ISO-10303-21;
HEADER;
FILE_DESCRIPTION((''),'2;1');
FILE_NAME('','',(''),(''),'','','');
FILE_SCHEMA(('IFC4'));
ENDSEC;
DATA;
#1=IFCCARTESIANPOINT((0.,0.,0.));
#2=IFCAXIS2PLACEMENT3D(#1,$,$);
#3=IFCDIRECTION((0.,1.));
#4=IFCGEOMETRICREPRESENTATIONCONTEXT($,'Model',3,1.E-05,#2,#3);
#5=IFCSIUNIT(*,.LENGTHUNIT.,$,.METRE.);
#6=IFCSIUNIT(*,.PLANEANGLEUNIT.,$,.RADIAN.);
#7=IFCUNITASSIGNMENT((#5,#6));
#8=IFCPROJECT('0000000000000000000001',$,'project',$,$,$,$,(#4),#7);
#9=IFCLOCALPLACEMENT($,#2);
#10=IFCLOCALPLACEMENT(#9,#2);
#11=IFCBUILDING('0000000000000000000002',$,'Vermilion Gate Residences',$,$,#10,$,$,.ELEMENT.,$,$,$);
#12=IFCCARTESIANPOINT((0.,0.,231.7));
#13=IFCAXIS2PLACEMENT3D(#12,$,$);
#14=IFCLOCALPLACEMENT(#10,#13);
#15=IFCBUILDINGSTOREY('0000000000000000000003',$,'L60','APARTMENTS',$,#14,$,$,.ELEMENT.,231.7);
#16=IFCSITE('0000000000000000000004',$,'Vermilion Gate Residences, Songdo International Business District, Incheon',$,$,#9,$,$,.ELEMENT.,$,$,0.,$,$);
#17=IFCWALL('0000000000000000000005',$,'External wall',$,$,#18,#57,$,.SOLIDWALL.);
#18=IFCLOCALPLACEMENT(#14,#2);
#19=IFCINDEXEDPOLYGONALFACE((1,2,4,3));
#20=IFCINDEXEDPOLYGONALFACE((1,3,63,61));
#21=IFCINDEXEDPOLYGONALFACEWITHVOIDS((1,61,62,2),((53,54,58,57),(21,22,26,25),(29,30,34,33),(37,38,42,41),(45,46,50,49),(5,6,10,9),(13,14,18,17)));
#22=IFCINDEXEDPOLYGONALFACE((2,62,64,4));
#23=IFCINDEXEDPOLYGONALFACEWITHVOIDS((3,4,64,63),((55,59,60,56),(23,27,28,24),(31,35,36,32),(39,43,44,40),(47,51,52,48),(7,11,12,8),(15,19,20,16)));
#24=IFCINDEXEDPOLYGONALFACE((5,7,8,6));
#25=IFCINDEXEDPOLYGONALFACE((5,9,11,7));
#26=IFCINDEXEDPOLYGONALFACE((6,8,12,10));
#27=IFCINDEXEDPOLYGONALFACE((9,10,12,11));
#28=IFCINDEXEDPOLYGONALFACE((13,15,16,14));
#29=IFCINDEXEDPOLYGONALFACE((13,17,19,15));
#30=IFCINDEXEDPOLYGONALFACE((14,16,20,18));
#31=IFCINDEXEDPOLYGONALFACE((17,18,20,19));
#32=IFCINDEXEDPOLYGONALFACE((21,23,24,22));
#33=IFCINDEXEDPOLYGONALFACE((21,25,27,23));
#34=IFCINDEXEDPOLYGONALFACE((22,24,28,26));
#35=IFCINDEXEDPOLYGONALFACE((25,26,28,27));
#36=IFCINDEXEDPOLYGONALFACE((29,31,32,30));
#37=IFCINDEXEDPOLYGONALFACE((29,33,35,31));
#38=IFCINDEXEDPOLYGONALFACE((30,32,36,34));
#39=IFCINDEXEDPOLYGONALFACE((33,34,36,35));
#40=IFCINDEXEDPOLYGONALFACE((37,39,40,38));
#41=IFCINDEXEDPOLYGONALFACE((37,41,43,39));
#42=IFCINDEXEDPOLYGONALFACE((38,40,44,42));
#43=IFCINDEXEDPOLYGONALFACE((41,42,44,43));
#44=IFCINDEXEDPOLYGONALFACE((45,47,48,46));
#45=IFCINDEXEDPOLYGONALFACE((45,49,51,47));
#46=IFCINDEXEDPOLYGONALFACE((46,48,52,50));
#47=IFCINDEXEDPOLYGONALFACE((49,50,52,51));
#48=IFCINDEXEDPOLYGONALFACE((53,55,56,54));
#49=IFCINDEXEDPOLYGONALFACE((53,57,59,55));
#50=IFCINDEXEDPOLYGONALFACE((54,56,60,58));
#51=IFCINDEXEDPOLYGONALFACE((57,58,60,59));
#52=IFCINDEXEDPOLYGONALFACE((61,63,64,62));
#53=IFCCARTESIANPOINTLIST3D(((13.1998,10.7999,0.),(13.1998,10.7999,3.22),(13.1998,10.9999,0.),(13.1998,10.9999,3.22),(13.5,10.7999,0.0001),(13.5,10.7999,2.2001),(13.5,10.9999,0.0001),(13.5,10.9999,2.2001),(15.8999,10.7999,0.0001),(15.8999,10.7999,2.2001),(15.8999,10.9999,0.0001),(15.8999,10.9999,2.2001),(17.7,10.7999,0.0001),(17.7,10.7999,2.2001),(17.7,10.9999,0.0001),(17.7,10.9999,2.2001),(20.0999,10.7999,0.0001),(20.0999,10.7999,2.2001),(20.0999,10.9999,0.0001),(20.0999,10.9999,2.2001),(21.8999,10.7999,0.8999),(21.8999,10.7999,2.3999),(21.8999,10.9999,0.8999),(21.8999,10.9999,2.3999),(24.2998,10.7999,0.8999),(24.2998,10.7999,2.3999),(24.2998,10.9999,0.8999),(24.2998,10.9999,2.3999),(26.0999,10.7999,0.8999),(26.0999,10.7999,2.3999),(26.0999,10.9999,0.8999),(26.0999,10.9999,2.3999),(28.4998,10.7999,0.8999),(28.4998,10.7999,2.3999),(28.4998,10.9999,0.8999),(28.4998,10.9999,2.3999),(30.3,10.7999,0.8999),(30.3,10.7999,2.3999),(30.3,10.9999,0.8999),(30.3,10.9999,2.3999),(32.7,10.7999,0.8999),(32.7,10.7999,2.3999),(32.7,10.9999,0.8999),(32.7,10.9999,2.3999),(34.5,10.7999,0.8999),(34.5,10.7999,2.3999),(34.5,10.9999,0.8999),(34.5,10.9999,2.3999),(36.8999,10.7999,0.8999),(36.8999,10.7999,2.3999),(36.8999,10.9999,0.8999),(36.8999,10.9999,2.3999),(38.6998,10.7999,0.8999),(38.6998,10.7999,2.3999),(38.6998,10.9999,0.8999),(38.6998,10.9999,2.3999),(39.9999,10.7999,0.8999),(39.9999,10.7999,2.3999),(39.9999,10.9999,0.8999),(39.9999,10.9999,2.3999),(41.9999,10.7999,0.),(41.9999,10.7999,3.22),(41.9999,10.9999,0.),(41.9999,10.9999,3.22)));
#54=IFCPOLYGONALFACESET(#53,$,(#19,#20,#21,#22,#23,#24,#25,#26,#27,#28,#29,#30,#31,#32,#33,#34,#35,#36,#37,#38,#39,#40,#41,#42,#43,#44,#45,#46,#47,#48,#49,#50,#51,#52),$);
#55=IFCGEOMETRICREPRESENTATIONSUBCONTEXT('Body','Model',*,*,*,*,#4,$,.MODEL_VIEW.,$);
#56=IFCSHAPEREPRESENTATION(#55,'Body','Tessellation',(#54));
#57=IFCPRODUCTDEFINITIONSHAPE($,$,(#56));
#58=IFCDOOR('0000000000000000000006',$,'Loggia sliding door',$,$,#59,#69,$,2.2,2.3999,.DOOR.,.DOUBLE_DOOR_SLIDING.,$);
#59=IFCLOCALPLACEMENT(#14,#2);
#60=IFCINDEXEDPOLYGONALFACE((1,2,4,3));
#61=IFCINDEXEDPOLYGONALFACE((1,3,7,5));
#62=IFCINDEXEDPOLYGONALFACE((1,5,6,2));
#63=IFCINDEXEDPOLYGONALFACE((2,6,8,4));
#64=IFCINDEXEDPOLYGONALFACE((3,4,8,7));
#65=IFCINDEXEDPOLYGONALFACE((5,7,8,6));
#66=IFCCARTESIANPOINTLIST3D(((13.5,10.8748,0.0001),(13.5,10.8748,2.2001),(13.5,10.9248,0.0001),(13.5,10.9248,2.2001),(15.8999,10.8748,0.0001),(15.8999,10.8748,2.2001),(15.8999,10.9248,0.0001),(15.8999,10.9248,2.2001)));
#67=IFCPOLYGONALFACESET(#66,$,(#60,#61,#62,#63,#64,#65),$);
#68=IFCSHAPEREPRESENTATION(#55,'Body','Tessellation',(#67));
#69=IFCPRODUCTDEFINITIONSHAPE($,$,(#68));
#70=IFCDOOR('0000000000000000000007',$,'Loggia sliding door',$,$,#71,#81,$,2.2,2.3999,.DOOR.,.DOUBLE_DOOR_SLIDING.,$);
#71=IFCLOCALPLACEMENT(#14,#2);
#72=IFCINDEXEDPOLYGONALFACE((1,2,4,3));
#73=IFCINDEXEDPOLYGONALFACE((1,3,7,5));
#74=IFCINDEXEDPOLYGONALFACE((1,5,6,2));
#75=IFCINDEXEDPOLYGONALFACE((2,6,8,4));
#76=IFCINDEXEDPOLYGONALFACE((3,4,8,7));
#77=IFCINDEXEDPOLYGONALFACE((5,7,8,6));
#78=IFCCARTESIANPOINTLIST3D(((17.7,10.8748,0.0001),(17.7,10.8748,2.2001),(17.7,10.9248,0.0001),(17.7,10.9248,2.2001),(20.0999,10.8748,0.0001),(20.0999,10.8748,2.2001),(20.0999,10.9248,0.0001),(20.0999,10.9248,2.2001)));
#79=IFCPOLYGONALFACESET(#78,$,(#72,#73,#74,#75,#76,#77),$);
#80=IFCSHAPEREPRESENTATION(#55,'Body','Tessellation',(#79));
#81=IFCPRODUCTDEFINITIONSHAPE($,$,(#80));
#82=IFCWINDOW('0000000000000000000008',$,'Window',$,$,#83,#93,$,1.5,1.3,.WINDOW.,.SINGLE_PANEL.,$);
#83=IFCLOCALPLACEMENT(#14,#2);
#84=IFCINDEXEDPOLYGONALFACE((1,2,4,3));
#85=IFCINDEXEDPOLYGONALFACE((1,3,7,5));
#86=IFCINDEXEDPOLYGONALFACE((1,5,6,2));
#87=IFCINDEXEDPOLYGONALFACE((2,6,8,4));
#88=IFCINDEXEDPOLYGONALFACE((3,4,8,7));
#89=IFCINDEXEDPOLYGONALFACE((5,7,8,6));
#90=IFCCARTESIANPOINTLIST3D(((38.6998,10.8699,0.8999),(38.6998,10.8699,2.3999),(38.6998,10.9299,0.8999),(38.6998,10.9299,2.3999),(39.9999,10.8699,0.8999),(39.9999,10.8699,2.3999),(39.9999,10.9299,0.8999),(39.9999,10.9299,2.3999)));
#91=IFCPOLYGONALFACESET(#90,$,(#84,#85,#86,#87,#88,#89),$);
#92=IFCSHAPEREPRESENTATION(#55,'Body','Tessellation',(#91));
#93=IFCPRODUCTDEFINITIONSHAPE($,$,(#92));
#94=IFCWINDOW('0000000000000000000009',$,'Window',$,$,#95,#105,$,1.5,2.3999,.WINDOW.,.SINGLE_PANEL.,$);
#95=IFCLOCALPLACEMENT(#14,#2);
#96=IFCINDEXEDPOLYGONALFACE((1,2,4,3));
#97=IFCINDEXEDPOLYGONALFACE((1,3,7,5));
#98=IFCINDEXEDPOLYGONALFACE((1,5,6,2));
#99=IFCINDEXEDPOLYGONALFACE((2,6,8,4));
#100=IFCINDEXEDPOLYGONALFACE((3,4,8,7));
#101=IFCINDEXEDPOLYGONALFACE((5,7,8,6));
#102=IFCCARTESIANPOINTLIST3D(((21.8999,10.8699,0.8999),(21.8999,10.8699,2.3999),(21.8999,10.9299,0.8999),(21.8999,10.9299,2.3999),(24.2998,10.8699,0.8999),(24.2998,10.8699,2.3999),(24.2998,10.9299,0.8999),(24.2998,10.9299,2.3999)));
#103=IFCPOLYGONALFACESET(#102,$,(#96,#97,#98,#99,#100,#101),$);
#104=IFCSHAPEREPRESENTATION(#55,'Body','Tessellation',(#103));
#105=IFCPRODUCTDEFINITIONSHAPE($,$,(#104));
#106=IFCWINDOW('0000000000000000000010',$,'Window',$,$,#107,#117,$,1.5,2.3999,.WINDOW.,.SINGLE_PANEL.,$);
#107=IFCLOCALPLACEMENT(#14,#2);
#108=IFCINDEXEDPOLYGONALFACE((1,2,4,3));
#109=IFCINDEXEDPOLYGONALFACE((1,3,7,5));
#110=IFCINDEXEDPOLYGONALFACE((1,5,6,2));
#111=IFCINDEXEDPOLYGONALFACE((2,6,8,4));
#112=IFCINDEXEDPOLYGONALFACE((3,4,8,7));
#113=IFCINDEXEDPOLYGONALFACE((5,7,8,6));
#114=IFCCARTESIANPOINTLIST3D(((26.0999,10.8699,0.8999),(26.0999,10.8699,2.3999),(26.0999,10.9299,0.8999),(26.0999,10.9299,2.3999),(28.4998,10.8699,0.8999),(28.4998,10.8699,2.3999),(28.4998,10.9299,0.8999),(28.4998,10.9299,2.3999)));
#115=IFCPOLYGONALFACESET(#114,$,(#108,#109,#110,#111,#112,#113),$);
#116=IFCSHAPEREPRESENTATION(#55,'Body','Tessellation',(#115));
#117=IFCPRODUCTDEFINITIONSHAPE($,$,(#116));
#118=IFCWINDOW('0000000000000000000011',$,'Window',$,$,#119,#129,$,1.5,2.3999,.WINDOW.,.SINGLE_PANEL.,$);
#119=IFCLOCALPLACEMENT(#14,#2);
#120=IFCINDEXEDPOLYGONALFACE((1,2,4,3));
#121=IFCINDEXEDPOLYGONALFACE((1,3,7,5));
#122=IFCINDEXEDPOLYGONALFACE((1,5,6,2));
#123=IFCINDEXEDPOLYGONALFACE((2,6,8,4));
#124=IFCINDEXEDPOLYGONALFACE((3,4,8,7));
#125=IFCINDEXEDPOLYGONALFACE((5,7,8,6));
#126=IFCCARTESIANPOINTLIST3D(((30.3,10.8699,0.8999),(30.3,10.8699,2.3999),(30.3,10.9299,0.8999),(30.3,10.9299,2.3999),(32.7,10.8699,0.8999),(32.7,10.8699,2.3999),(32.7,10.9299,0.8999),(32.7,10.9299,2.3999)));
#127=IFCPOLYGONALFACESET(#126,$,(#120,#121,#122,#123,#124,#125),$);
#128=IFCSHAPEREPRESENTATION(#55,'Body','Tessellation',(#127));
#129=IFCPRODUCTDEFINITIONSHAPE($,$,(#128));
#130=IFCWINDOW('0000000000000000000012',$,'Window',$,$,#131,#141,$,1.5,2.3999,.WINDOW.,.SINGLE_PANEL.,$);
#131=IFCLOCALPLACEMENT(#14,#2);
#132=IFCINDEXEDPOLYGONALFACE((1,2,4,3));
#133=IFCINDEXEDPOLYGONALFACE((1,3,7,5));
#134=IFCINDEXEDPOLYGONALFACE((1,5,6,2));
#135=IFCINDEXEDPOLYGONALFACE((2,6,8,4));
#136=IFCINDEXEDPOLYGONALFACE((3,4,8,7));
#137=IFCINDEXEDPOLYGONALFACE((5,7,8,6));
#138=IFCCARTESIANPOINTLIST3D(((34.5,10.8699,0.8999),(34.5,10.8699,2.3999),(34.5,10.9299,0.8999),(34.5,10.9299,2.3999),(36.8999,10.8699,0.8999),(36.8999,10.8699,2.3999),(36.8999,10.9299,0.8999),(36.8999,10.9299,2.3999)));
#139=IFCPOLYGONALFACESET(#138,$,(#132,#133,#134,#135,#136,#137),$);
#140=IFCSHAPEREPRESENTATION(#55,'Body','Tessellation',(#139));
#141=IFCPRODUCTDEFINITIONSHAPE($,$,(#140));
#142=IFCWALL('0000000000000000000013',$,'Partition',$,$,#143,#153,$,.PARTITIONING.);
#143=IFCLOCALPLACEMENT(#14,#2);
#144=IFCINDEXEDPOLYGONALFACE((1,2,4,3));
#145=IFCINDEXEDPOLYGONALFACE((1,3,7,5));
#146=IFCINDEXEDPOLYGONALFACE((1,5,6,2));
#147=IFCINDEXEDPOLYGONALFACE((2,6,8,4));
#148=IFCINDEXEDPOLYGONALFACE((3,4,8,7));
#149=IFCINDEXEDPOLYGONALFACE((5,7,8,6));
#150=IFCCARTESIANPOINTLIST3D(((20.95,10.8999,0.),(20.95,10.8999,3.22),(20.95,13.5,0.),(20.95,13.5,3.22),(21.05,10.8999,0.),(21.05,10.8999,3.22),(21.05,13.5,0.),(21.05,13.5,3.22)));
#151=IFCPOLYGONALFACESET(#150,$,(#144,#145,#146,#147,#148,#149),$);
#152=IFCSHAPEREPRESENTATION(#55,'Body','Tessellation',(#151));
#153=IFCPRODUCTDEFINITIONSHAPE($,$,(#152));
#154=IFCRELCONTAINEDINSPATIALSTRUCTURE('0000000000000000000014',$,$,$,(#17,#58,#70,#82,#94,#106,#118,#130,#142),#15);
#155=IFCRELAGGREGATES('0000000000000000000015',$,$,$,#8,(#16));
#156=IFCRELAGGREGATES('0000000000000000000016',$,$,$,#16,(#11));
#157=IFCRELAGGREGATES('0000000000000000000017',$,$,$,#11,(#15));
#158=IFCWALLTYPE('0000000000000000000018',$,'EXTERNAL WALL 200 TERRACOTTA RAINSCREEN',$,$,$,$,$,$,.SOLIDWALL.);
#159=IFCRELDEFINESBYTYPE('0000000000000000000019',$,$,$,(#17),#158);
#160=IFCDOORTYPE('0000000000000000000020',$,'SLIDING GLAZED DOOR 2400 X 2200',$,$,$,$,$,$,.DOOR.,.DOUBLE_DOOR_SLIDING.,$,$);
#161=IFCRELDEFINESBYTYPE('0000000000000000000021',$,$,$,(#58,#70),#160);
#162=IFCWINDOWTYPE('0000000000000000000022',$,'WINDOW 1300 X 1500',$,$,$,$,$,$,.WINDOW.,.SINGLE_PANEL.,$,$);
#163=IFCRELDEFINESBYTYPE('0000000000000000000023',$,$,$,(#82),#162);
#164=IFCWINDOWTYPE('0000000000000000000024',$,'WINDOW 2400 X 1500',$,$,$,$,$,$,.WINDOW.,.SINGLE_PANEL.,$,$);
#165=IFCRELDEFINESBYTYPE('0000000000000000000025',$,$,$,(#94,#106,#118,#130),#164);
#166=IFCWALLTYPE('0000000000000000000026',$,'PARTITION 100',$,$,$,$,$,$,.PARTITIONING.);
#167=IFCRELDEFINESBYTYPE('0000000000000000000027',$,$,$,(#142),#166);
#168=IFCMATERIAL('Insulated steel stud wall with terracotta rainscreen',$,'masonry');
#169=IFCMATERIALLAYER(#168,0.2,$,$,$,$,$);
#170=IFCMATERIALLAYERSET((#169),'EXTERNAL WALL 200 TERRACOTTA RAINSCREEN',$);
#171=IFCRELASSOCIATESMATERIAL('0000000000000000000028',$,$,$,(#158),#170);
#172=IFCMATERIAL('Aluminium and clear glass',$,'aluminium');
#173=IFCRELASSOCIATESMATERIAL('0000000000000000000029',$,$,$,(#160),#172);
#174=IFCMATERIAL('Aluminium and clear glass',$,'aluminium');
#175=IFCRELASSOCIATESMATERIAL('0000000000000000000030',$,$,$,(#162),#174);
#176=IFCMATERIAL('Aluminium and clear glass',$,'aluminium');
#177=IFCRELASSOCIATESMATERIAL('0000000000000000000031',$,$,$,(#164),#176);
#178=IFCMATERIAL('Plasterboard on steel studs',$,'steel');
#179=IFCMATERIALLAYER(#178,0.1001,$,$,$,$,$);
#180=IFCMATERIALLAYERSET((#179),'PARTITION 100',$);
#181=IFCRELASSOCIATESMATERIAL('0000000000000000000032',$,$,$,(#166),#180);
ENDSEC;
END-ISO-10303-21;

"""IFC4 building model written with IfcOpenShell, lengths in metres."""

from ifc_helpers import new_model, si_unit, direction, frame, frame_2d, origin, place, context, subcontext, project, spatial, rectangle, extrude, material, layer, layer_set, type_object, element, fill, save


model = new_model("IFC4")

# Units and contexts
model_context = context("Model", 3, precision=1e-05, world=origin(), true_north=direction((0.0, 1.0)))
body_context = subcontext(model_context, "Body", "Model", "MODEL_VIEW")
ifc_project = project(units=[si_unit("LENGTHUNIT", "METRE"), si_unit("PLANEANGLEUNIT", "RADIAN")], contexts=[model_context])

# Site, building, storey
site_placement = place(None, origin())
site = spatial("IfcSite", under=ifc_project, at=site_placement, Name="Vermilion Gate Residences, Songdo International Business District, Incheon", CompositionType="ELEMENT", RefElevation=0.0)
building_placement = place(site_placement, origin())
building = spatial("IfcBuilding", under=site, at=building_placement, Name="Vermilion Gate Residences", CompositionType="ELEMENT")
storey_placement = place(building_placement, frame((0.0, 0.0, 231.7)))
storey = spatial("IfcBuildingStorey", under=building, at=storey_placement, Name="L60", Description="APARTMENTS", CompositionType="ELEMENT", Elevation=231.7)

# Shared definitions
ifc_material_1 = material(Name="Insulated steel stud wall with terracotta rainscreen", Category="masonry")
ifc_layer_1 = layer(ifc_material_1, 0.2)
ifc_layer_set_1 = layer_set([ifc_layer_1], Name="EXTERNAL WALL 200 TERRACOTTA RAINSCREEN")
wall_type_1 = type_object("IfcWallType", Name="EXTERNAL WALL 200 TERRACOTTA RAINSCREEN", PredefinedType="SOLIDWALL", material=ifc_layer_set_1)

# Wall, openings, doors, windows
wall_1_placement = place(storey_placement, frame((13.2, 10.8999, 0.0), z_axis=(0.0, 0.0, 1.0), x_axis=(1.0, 0.0, 0.0)))
wall_1 = element("IfcWall", 1, at=wall_1_placement, inside=storey, type_object=wall_type_1, Name="External wall", PredefinedType="SOLIDWALL", context=body_context, shape_type="SweptSolid", body=[
    extrude(rectangle(XDim=28.8, YDim=0.2, at=frame_2d((14.3999, 0.0))), origin(), (0.0, 0.0, 1.0), 3.22),
])
opening_1_placement = place(wall_1_placement, frame((0.3, 0.0, 0.0)))
opening_1 = element("IfcOpeningElement", 2, at=opening_1_placement, cuts=wall_1, PredefinedType="OPENING", context=body_context, shape_type="SweptSolid", body=[
    extrude(rectangle(XDim=2.3999, YDim=2.2, at=frame_2d((1.2, 1.1001))), frame((0.0, 0.1099, 0.0), z_axis=(0.0, -1.0, 0.0), x_axis=(1.0, 0.0, 0.0)), (0.0, 0.0, 1.0), 0.22),
])
opening_2_placement = place(wall_1_placement, frame((4.5, 0.0, 0.0)))
opening_2 = element("IfcOpeningElement", 3, at=opening_2_placement, cuts=wall_1, PredefinedType="OPENING", context=body_context, shape_type="SweptSolid", body=[
    extrude(rectangle(XDim=2.3999, YDim=2.2, at=frame_2d((1.2, 1.1001))), frame((0.0, 0.1099, 0.0), z_axis=(0.0, -1.0, 0.0), x_axis=(1.0, 0.0, 0.0)), (0.0, 0.0, 1.0), 0.22),
])
opening_3_placement = place(wall_1_placement, frame((8.7, 0.0, 0.8999)))
opening_3 = element("IfcOpeningElement", 4, at=opening_3_placement, cuts=wall_1, PredefinedType="OPENING", context=body_context, shape_type="SweptSolid", body=[
    extrude(rectangle(XDim=2.3999, YDim=1.5, at=frame_2d((1.2, 0.75))), frame((0.0, 0.1099, 0.0), z_axis=(0.0, -1.0, 0.0), x_axis=(1.0, 0.0, 0.0)), (0.0, 0.0, 1.0), 0.22),
])
opening_4_placement = place(wall_1_placement, frame((12.8999, 0.0, 0.8999)))
opening_4 = element("IfcOpeningElement", 5, at=opening_4_placement, cuts=wall_1, PredefinedType="OPENING", context=body_context, shape_type="SweptSolid", body=[
    extrude(rectangle(XDim=2.3999, YDim=1.5, at=frame_2d((1.2, 0.75))), frame((0.0, 0.1099, 0.0), z_axis=(0.0, -1.0, 0.0), x_axis=(1.0, 0.0, 0.0)), (0.0, 0.0, 1.0), 0.22),
])
opening_5_placement = place(wall_1_placement, frame((17.1001, 0.0, 0.8999)))
opening_5 = element("IfcOpeningElement", 6, at=opening_5_placement, cuts=wall_1, PredefinedType="OPENING", context=body_context, shape_type="SweptSolid", body=[
    extrude(rectangle(XDim=2.3999, YDim=1.5, at=frame_2d((1.2, 0.75))), frame((0.0, 0.1099, 0.0), z_axis=(0.0, -1.0, 0.0), x_axis=(1.0, 0.0, 0.0)), (0.0, 0.0, 1.0), 0.22),
])
opening_6_placement = place(wall_1_placement, frame((21.3, 0.0, 0.8999)))
opening_6 = element("IfcOpeningElement", 7, at=opening_6_placement, cuts=wall_1, PredefinedType="OPENING", context=body_context, shape_type="SweptSolid", body=[
    extrude(rectangle(XDim=2.3999, YDim=1.5, at=frame_2d((1.2, 0.75))), frame((0.0, 0.1099, 0.0), z_axis=(0.0, -1.0, 0.0), x_axis=(1.0, 0.0, 0.0)), (0.0, 0.0, 1.0), 0.22),
])
opening_7_placement = place(wall_1_placement, frame((25.5, 0.0, 0.8999)))
opening_7 = element("IfcOpeningElement", 8, at=opening_7_placement, cuts=wall_1, PredefinedType="OPENING", context=body_context, shape_type="SweptSolid", body=[
    extrude(rectangle(XDim=1.3, YDim=1.5, at=frame_2d((0.6499, 0.75))), frame((0.0, 0.1099, 0.0), z_axis=(0.0, -1.0, 0.0), x_axis=(1.0, 0.0, 0.0)), (0.0, 0.0, 1.0), 0.22),
])
ifc_material_2 = material(Name="Aluminium and clear glass", Category="aluminium")
door_type_1 = type_object("IfcDoorType", Name="SLIDING GLAZED DOOR 2400 X 2200", OperationType="DOUBLE_DOOR_SLIDING", PredefinedType="DOOR", material=ifc_material_2)
door_1_placement = place(opening_1_placement, origin())
door_1 = element("IfcDoor", 9, at=door_1_placement, inside=storey, type_object=door_type_1, Name="Loggia sliding door", OperationType="DOUBLE_DOOR_SLIDING", OverallHeight=2.2, OverallWidth=2.3999, PredefinedType="DOOR", context=body_context, shape_type="SweptSolid", body=[
    extrude(rectangle(XDim=2.3999, YDim=2.2, at=frame_2d((1.2, 1.1001))), frame((0.0, 0.0249, 0.0), z_axis=(0.0, -1.0, 0.0), x_axis=(1.0, 0.0, 0.0)), (0.0, 0.0, 1.0), 0.05),
])
fill(opening_1, door_1)
door_2_placement = place(opening_2_placement, origin())
door_2 = element("IfcDoor", 10, at=door_2_placement, inside=storey, type_object=door_type_1, Name="Loggia sliding door", OperationType="DOUBLE_DOOR_SLIDING", OverallHeight=2.2, OverallWidth=2.3999, PredefinedType="DOOR", context=body_context, shape_type="SweptSolid", body=[
    extrude(rectangle(XDim=2.3999, YDim=2.2, at=frame_2d((1.2, 1.1001))), frame((0.0, 0.0249, 0.0), z_axis=(0.0, -1.0, 0.0), x_axis=(1.0, 0.0, 0.0)), (0.0, 0.0, 1.0), 0.05),
])
fill(opening_2, door_2)
ifc_material_3 = material(Name="Aluminium and clear glass", Category="aluminium")
window_type_1 = type_object("IfcWindowType", Name="WINDOW 1300 X 1500", PartitioningType="SINGLE_PANEL", PredefinedType="WINDOW", material=ifc_material_3)
window_1_placement = place(opening_7_placement, origin())
window_1 = element("IfcWindow", 11, at=window_1_placement, inside=storey, type_object=window_type_1, Name="Window", OverallHeight=1.5, OverallWidth=1.3, PartitioningType="SINGLE_PANEL", PredefinedType="WINDOW", context=body_context, shape_type="SweptSolid", body=[
    extrude(rectangle(XDim=1.3, YDim=1.5, at=frame_2d((0.6499, 0.75))), frame((0.0, 0.03, 0.0), z_axis=(0.0, -1.0, 0.0), x_axis=(1.0, 0.0, 0.0)), (0.0, 0.0, 1.0), 0.0601),
])
fill(opening_7, window_1)
ifc_material_4 = material(Name="Aluminium and clear glass", Category="aluminium")
window_type_2 = type_object("IfcWindowType", Name="WINDOW 2400 X 1500", PartitioningType="SINGLE_PANEL", PredefinedType="WINDOW", material=ifc_material_4)
window_2_placement = place(opening_3_placement, origin())
window_2 = element("IfcWindow", 12, at=window_2_placement, inside=storey, type_object=window_type_2, Name="Window", OverallHeight=1.5, OverallWidth=2.3999, PartitioningType="SINGLE_PANEL", PredefinedType="WINDOW", context=body_context, shape_type="SweptSolid", body=[
    extrude(rectangle(XDim=2.3999, YDim=1.5, at=frame_2d((1.2, 0.75))), frame((0.0, 0.03, 0.0), z_axis=(0.0, -1.0, 0.0), x_axis=(1.0, 0.0, 0.0)), (0.0, 0.0, 1.0), 0.0601),
])
fill(opening_3, window_2)
window_3_placement = place(opening_4_placement, origin())
window_3 = element("IfcWindow", 13, at=window_3_placement, inside=storey, type_object=window_type_2, Name="Window", OverallHeight=1.5, OverallWidth=2.3999, PartitioningType="SINGLE_PANEL", PredefinedType="WINDOW", context=body_context, shape_type="SweptSolid", body=[
    extrude(rectangle(XDim=2.3999, YDim=1.5, at=frame_2d((1.2, 0.75))), frame((0.0, 0.03, 0.0), z_axis=(0.0, -1.0, 0.0), x_axis=(1.0, 0.0, 0.0)), (0.0, 0.0, 1.0), 0.0601),
])
fill(opening_4, window_3)
window_4_placement = place(opening_5_placement, origin())
window_4 = element("IfcWindow", 14, at=window_4_placement, inside=storey, type_object=window_type_2, Name="Window", OverallHeight=1.5, OverallWidth=2.3999, PartitioningType="SINGLE_PANEL", PredefinedType="WINDOW", context=body_context, shape_type="SweptSolid", body=[
    extrude(rectangle(XDim=2.3999, YDim=1.5, at=frame_2d((1.2, 0.75))), frame((0.0, 0.03, 0.0), z_axis=(0.0, -1.0, 0.0), x_axis=(1.0, 0.0, 0.0)), (0.0, 0.0, 1.0), 0.0601),
])
fill(opening_5, window_4)
window_5_placement = place(opening_6_placement, origin())
window_5 = element("IfcWindow", 15, at=window_5_placement, inside=storey, type_object=window_type_2, Name="Window", OverallHeight=1.5, OverallWidth=2.3999, PartitioningType="SINGLE_PANEL", PredefinedType="WINDOW", context=body_context, shape_type="SweptSolid", body=[
    extrude(rectangle(XDim=2.3999, YDim=1.5, at=frame_2d((1.2, 0.75))), frame((0.0, 0.03, 0.0), z_axis=(0.0, -1.0, 0.0), x_axis=(1.0, 0.0, 0.0)), (0.0, 0.0, 1.0), 0.0601),
])
fill(opening_6, window_5)

# Wall
ifc_material_5 = material(Name="Plasterboard on steel studs", Category="steel")
ifc_layer_2 = layer(ifc_material_5, 0.1001)
ifc_layer_set_2 = layer_set([ifc_layer_2], Name="PARTITION 100")
wall_type_2 = type_object("IfcWallType", Name="PARTITION 100", PredefinedType="PARTITIONING", material=ifc_layer_set_2)
wall_2_placement = place(storey_placement, frame((21.0, 10.8999, 0.0), z_axis=(0.0, 0.0, 1.0), x_axis=(0.0, 1.0, 0.0)))
element("IfcWall", 16, at=wall_2_placement, inside=storey, type_object=wall_type_2, Name="Partition", PredefinedType="PARTITIONING", context=body_context, shape_type="SweptSolid", body=[
    extrude(rectangle(XDim=2.6001, YDim=0.1001, at=frame_2d((1.3, 0.0))), origin(), (0.0, 0.0, 1.0), 3.22),
])

save(model, "model.ifc")
